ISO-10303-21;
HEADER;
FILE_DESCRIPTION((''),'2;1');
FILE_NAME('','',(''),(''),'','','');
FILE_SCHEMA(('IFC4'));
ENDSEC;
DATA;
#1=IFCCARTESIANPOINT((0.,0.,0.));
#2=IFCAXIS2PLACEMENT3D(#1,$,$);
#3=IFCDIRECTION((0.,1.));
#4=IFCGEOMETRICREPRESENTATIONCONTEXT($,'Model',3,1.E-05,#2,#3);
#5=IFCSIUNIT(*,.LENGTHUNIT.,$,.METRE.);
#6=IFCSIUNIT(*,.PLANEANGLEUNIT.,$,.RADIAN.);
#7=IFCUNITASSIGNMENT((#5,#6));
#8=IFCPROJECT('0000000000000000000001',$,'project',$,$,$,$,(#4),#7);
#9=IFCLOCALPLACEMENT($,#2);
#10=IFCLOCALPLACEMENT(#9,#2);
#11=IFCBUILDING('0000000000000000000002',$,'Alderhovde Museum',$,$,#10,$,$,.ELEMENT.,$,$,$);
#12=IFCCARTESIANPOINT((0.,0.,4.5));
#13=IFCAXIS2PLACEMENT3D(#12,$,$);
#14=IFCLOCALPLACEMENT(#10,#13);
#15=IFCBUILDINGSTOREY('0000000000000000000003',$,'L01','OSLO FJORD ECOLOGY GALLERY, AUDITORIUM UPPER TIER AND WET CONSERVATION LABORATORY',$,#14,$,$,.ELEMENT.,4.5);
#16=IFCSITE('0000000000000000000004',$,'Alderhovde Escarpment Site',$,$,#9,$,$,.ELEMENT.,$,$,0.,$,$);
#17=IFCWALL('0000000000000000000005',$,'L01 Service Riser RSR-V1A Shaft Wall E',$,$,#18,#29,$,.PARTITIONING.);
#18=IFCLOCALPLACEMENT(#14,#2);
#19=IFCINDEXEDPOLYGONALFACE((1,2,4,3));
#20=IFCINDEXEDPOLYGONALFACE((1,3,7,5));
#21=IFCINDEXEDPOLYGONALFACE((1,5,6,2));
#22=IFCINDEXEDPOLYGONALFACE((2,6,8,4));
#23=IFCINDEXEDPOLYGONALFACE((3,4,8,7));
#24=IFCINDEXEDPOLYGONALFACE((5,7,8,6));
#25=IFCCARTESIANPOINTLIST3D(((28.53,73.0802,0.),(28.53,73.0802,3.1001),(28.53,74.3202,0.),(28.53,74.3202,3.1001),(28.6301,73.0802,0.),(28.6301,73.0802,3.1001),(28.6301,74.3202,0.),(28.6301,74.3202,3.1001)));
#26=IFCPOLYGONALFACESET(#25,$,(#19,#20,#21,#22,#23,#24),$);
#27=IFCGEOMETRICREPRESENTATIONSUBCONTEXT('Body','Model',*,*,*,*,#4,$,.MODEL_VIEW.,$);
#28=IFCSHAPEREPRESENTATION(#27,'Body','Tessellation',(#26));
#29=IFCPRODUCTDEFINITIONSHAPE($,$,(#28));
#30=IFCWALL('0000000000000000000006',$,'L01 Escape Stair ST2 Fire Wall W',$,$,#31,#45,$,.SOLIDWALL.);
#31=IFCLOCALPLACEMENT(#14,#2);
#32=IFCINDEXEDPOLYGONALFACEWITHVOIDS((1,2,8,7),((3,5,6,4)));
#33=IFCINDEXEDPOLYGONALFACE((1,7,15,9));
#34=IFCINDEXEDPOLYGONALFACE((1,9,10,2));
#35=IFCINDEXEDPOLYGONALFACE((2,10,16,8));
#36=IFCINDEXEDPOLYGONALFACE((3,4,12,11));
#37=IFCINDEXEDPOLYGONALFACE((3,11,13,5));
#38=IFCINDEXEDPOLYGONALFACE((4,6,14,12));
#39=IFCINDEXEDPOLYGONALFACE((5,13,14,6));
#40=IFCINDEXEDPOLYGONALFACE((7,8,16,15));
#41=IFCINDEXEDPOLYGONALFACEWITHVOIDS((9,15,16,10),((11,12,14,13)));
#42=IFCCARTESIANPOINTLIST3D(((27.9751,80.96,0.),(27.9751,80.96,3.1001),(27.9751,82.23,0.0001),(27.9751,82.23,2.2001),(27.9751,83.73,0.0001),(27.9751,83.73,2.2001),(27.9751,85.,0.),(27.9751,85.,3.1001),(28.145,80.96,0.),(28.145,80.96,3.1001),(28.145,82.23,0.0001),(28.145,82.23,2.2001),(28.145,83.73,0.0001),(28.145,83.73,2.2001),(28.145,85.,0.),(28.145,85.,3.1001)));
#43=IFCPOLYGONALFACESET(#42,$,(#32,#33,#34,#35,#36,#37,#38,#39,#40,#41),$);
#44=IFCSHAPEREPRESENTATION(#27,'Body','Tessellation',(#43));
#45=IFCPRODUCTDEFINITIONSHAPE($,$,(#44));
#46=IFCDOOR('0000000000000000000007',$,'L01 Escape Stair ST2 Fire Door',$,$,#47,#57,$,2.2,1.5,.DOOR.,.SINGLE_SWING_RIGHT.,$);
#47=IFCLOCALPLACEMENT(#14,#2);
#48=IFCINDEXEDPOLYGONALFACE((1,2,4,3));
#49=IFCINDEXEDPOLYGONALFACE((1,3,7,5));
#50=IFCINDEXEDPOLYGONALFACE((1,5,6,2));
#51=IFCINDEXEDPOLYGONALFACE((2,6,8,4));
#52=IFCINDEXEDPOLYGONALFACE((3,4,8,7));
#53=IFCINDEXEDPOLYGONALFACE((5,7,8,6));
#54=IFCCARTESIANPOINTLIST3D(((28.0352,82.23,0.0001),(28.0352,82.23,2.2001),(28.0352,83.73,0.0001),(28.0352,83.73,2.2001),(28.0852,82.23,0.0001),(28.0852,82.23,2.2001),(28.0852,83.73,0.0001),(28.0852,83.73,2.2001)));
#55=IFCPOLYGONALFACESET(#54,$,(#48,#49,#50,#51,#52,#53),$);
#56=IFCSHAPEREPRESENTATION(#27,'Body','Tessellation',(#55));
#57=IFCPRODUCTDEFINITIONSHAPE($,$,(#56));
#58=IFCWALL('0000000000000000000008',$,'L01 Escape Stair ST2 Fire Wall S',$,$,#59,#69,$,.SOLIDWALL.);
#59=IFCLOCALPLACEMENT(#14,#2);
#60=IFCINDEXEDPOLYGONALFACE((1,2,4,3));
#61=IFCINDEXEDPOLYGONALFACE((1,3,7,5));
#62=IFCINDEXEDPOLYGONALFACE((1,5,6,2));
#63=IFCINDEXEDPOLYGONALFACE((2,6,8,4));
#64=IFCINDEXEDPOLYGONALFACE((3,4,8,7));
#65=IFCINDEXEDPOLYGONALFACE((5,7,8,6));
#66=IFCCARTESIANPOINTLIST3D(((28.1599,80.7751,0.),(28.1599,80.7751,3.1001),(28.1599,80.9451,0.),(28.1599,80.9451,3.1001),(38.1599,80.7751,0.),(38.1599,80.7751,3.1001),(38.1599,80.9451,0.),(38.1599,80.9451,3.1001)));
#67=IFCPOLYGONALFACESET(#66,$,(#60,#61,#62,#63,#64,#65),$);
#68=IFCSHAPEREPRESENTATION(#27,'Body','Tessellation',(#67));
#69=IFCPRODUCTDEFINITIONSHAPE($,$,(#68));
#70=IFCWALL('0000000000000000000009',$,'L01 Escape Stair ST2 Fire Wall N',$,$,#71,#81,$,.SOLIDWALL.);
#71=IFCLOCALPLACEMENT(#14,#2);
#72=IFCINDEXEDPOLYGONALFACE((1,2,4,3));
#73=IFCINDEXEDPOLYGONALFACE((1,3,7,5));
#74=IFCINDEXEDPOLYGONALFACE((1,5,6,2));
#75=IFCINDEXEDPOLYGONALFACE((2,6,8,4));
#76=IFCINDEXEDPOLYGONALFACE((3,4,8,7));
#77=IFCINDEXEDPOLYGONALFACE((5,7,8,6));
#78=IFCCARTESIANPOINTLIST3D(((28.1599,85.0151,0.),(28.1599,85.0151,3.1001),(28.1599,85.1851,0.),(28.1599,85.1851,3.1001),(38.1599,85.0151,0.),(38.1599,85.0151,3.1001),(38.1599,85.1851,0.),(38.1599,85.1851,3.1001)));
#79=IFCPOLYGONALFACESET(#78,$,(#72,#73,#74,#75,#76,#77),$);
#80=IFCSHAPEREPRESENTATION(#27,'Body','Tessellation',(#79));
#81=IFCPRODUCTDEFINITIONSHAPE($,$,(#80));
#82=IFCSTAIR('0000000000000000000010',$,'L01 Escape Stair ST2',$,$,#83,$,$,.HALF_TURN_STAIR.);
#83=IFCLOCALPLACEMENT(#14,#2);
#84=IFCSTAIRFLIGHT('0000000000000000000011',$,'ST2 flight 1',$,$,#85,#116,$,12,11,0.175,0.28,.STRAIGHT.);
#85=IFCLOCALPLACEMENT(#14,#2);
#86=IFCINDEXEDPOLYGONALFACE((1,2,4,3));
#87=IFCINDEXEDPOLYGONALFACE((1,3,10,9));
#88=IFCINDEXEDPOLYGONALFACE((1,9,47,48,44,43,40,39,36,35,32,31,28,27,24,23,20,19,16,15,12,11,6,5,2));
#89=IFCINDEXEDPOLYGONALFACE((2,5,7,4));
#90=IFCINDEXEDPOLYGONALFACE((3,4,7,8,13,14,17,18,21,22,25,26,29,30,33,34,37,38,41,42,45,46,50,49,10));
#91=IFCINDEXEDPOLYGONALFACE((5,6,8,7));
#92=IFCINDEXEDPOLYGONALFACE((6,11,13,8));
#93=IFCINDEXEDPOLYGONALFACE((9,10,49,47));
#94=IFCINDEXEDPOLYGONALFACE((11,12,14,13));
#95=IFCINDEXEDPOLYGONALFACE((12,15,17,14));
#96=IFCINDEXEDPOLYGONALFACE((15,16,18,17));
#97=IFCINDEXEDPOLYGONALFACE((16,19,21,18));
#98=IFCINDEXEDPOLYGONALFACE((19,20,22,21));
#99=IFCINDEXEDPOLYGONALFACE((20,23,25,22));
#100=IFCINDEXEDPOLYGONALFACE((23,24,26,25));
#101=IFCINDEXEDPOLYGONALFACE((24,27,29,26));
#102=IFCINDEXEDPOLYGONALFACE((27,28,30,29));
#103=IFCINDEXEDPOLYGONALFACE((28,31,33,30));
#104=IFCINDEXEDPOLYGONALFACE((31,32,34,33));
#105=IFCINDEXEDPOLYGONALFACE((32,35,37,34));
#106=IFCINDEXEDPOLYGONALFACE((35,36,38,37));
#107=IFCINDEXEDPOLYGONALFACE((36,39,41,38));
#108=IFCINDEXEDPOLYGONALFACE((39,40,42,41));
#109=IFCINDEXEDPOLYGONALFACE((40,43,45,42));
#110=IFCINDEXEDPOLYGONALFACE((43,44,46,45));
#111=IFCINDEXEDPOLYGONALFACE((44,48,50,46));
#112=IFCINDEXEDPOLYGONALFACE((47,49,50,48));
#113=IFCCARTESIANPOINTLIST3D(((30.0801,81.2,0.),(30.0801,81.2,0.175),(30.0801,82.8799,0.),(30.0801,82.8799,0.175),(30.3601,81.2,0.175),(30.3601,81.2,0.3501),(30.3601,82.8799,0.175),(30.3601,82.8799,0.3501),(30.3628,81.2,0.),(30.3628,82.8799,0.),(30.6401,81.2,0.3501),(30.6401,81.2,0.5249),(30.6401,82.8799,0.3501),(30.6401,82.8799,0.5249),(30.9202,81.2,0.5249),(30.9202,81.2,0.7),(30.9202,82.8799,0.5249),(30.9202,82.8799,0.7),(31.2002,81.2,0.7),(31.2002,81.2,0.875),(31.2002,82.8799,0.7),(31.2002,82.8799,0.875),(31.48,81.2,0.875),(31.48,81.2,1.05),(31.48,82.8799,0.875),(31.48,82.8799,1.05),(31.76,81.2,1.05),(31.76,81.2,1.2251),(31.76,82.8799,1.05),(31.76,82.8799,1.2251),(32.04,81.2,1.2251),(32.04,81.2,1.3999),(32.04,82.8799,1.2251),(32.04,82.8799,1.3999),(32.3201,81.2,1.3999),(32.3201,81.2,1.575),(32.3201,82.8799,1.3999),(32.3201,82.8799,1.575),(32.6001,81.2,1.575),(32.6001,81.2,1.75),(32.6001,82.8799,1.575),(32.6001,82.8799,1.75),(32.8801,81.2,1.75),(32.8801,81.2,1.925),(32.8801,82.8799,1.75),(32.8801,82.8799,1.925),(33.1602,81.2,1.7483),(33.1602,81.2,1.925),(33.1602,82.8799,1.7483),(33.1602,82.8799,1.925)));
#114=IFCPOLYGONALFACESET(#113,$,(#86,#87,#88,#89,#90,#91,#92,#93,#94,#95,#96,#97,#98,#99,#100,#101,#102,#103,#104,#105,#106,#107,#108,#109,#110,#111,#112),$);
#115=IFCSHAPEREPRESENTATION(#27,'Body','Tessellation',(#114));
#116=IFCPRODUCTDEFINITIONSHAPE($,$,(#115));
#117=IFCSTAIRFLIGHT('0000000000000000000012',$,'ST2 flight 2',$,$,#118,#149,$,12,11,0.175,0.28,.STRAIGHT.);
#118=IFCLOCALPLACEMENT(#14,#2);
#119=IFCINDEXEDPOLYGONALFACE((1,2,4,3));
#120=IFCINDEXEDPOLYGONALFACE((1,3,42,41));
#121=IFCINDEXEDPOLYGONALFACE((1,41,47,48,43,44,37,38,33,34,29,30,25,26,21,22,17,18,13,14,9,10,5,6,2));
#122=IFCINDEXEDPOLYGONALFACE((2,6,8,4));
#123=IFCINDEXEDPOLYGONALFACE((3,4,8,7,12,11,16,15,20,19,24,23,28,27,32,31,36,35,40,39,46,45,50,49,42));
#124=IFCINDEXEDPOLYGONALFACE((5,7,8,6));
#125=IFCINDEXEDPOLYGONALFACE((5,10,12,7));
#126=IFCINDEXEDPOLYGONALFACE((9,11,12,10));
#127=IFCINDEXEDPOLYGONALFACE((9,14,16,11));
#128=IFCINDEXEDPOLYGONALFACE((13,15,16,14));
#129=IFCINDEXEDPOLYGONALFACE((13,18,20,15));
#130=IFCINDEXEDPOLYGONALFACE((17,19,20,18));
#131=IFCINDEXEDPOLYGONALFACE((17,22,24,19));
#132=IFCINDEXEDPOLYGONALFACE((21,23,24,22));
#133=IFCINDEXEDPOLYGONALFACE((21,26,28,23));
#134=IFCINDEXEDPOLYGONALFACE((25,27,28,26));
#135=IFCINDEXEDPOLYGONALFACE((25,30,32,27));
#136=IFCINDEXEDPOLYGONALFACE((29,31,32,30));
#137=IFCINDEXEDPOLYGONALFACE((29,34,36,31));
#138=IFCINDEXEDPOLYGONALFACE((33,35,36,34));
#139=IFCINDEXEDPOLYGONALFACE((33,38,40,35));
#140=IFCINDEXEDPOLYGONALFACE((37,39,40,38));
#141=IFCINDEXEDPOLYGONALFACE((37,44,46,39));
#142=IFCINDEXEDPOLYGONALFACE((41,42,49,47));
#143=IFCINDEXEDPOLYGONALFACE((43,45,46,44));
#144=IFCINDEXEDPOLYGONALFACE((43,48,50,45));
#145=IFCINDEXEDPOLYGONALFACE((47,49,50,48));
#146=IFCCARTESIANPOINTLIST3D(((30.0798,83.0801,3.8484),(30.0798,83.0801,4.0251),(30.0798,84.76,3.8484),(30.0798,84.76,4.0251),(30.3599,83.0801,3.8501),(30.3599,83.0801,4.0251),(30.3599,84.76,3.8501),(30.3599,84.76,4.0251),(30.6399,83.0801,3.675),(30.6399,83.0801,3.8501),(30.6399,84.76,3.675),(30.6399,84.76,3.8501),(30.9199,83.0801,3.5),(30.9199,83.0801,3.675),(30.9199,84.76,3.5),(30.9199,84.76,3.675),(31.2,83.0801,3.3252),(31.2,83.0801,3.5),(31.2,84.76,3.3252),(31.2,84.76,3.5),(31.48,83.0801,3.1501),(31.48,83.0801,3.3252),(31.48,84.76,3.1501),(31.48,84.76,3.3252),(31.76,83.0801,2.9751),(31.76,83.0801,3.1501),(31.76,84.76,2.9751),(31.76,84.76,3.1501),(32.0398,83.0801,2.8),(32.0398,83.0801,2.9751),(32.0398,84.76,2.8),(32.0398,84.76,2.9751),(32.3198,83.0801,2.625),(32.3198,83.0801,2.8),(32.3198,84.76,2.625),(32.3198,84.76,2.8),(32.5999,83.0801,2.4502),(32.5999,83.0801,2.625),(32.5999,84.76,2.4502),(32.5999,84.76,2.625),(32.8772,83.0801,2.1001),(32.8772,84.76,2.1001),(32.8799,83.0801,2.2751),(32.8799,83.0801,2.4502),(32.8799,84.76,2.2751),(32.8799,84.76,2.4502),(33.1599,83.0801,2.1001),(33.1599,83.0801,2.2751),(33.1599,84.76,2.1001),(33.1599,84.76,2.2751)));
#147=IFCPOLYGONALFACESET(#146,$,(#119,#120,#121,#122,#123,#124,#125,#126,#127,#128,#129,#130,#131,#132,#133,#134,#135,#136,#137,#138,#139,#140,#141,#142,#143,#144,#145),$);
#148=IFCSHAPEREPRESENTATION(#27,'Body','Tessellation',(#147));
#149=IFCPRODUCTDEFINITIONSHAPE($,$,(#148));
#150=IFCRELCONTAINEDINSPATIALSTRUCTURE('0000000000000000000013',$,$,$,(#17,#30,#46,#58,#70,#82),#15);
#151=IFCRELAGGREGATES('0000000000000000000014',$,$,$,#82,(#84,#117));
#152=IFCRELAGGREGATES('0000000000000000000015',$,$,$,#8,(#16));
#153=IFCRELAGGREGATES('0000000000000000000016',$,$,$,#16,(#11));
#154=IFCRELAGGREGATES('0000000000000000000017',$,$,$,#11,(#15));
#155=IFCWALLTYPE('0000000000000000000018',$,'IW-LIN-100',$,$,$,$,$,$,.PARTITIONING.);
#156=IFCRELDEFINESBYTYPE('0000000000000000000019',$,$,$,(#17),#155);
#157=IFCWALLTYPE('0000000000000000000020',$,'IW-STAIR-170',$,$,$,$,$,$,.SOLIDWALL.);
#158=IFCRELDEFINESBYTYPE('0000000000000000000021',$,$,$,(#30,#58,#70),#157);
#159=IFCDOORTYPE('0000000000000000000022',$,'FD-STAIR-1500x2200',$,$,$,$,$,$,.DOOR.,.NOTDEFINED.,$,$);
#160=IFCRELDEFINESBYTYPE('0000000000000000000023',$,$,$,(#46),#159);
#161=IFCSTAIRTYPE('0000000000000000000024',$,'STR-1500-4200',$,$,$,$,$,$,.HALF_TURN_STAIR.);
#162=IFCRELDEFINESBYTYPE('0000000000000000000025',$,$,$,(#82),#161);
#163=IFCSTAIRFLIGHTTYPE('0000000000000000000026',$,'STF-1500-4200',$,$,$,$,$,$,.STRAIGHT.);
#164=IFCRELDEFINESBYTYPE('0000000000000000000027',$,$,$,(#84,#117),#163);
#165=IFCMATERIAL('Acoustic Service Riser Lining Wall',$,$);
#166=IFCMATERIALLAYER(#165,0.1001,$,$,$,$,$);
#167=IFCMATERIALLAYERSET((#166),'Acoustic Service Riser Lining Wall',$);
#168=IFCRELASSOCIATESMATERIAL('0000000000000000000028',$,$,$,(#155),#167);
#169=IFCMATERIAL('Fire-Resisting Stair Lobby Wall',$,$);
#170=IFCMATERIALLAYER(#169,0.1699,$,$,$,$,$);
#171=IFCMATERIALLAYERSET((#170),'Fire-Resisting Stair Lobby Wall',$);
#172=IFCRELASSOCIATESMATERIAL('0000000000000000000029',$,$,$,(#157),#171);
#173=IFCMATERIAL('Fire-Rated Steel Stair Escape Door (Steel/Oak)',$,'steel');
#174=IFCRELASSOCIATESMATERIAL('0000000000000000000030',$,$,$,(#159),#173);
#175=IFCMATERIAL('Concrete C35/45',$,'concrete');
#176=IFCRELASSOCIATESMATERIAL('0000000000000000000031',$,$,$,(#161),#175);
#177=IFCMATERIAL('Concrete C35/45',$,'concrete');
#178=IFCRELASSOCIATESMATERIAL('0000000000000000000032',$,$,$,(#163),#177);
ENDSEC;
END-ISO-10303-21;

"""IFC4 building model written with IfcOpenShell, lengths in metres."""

from ifc_helpers import new_model, si_unit, direction, frame, frame_2d, origin, place, context, subcontext, project, spatial, polyline, rectangle, outline, extrude, material, layer, layer_set, type_object, element, fill, aggregate, save


model = new_model("IFC4")

# Units and contexts
model_context = context("Model", 3, precision=1e-05, world=origin(), true_north=direction((0.0, 1.0)))
body_context = subcontext(model_context, "Body", "Model", "MODEL_VIEW")
ifc_project = project(units=[si_unit("LENGTHUNIT", "METRE"), si_unit("PLANEANGLEUNIT", "RADIAN")], contexts=[model_context])

# Site, building, storey
site_placement = place(None, origin())
site = spatial("IfcSite", under=ifc_project, at=site_placement, Name="Alderhovde Escarpment Site", CompositionType="ELEMENT", RefElevation=0.0)
building_placement = place(site_placement, origin())
building = spatial("IfcBuilding", under=site, at=building_placement, Name="Alderhovde Museum", CompositionType="ELEMENT")
storey_placement = place(building_placement, frame((0.0, 0.0, 4.5)))
storey = spatial("IfcBuildingStorey", under=building, at=storey_placement, Name="L01", Description="OSLO FJORD ECOLOGY GALLERY, AUDITORIUM UPPER TIER AND WET CONSERVATION LABORATORY", CompositionType="ELEMENT", Elevation=4.5)

# Wall
ifc_material_1 = material(Name="Acoustic Service Riser Lining Wall")
ifc_layer_1 = layer(ifc_material_1, 0.1001)
ifc_layer_set_1 = layer_set([ifc_layer_1], Name="Acoustic Service Riser Lining Wall")
wall_type_1 = type_object("IfcWallType", Name="IW-LIN-100", PredefinedType="PARTITIONING", material=ifc_layer_set_1)
wall_1_placement = place(storey_placement, frame((28.5801, 73.0801, 0.0), z_axis=(0.0, 0.0, 1.0), x_axis=(0.0, 1.0, 0.0)))
element("IfcWall", 1, at=wall_1_placement, inside=storey, type_object=wall_type_1, Name="L01 Service Riser RSR-V1A Shaft Wall E", PredefinedType="PARTITIONING", context=body_context, shape_type="SweptSolid", body=[
    extrude(rectangle(XDim=1.24, YDim=0.1001, at=frame_2d((0.6201, 0.0))), origin(), (0.0, 0.0, 1.0), 3.1001),
])

# Wall, opening, door
ifc_material_2 = material(Name="Fire-Resisting Stair Lobby Wall")
ifc_layer_2 = layer(ifc_material_2, 0.1699)
ifc_layer_set_2 = layer_set([ifc_layer_2], Name="Fire-Resisting Stair Lobby Wall")
wall_type_2 = type_object("IfcWallType", Name="IW-STAIR-170", PredefinedType="SOLIDWALL", material=ifc_layer_set_2)
wall_2_placement = place(storey_placement, frame((28.0601, 80.96, 0.0), z_axis=(0.0, 0.0, 1.0), x_axis=(0.0, 1.0, 0.0)))
wall_2 = element("IfcWall", 2, at=wall_2_placement, inside=storey, type_object=wall_type_2, Name="L01 Escape Stair ST2 Fire Wall W", PredefinedType="SOLIDWALL", context=body_context, shape_type="SweptSolid", body=[
    extrude(rectangle(XDim=4.04, YDim=0.1699, at=frame_2d((2.02, 0.0))), origin(), (0.0, 0.0, 1.0), 3.1001),
])
opening_placement = place(wall_2_placement, frame((1.27, 0.0, 0.0)))
opening = element("IfcOpeningElement", 3, at=opening_placement, cuts=wall_2, PredefinedType="OPENING", context=body_context, shape_type="SweptSolid", body=[
    extrude(rectangle(XDim=1.5, YDim=2.2, at=frame_2d((0.75, 1.1001))), frame((0.0, 0.095, 0.0), z_axis=(0.0, -1.0, 0.0), x_axis=(1.0, 0.0, 0.0)), (0.0, 0.0, 1.0), 0.1899),
])
ifc_material_3 = material(Name="Fire-Rated Steel Stair Escape Door (Steel/Oak)", Category="steel")
door_type = type_object("IfcDoorType", Name="FD-STAIR-1500x2200", OperationType="NOTDEFINED", PredefinedType="DOOR", material=ifc_material_3)
door_placement = place(opening_placement, origin())
door = element("IfcDoor", 4, at=door_placement, inside=storey, type_object=door_type, Name="L01 Escape Stair ST2 Fire Door", OperationType="SINGLE_SWING_RIGHT", OverallHeight=2.2, OverallWidth=1.5, PredefinedType="DOOR", context=body_context, shape_type="SweptSolid", body=[
    extrude(rectangle(XDim=1.5, YDim=2.2, at=frame_2d((0.75, 1.1001))), frame((0.0, 0.0249, 0.0), z_axis=(0.0, -1.0, 0.0), x_axis=(1.0, 0.0, 0.0)), (0.0, 0.0, 1.0), 0.05),
])
fill(opening, door)

# Walls
for number, where, z_axis, x_axis, name in (
    (5, (28.1599, 80.8601, 0.0), (0.0, 0.0, 1.0), (1.0, 0.0, 0.0), "L01 Escape Stair ST2 Fire Wall S"),
    (6, (28.1599, 85.1001, 0.0), (0.0, 0.0, 1.0), (1.0, 0.0, 0.0), "L01 Escape Stair ST2 Fire Wall N"),
):
    element("IfcWall", number, at=place(storey_placement, frame(where, z_axis=z_axis, x_axis=x_axis)), inside=storey, type_object=wall_type_2, Name=name, PredefinedType="SOLIDWALL", context=body_context, shape_type="SweptSolid", body=[
        extrude(rectangle(XDim=10.0, YDim=0.1699, at=frame_2d((5.0, 0.0))), origin(), (0.0, 0.0, 1.0), 3.1001),
    ])

# Stair, stair flights
ifc_material_4 = material(Name="Concrete C35/45", Category="concrete")
stair_type = type_object("IfcStairType", Name="STR-1500-4200", PredefinedType="HALF_TURN_STAIR", material=ifc_material_4)
stair_placement = place(storey_placement, origin())
stair = element("IfcStair", 7, at=stair_placement, inside=storey, type_object=stair_type, Name="L01 Escape Stair ST2", PredefinedType="HALF_TURN_STAIR")
ifc_material_5 = material(Name="Concrete C35/45", Category="concrete")
stair_flight_type = type_object("IfcStairFlightType", Name="STF-1500-4200", PredefinedType="STRAIGHT", material=ifc_material_5)
stair_flight_1_placement = place(storey_placement, frame((30.0801, 82.04, 0.0), z_axis=(0.0, 0.0, 1.0), x_axis=(1.0, 0.0, 0.0)))
stair_flight_1 = element("IfcStairFlight", 8, at=stair_flight_1_placement, type_object=stair_flight_type, Name="ST2 flight 1", NumberOfRisers=12, NumberOfTreads=11, PredefinedType="STRAIGHT", RiserHeight=0.175, TreadLength=0.28, context=body_context, shape_type="SweptSolid", body=[
    extrude(outline(polyline([(0.0, 0.0), (0.0, 0.175), (0.28, 0.175), (0.28, 0.3501), (0.5601, 0.3501), (0.5601, 0.5249), (0.8401, 0.5249), (0.8401, 0.7), (1.1201, 0.7), (1.1201, 0.875), (1.3999, 0.875), (1.3999, 1.05), (1.6799, 1.05), (1.6799, 1.2251), (1.96, 1.2251), (1.96, 1.3999), (2.24, 1.3999), (2.24, 1.575), (2.52, 1.575), (2.52, 1.75), (2.8, 1.75), (2.8, 1.925), (3.0801, 1.925), (3.0801, 2.1001), (3.0801, 1.7483), (0.2827, 0.0), (0.0, 0.0)])), frame((0.0, 0.8398, 0.0), z_axis=(0.0, -1.0, 0.0), x_axis=(1.0, 0.0, 0.0)), (0.0, 0.0, 1.0), 1.6799),
])
stair_flight_2_placement = place(storey_placement, frame((33.1599, 83.9199, 2.1001), z_axis=(0.0, 0.0, 1.0), x_axis=(-1.0, 0.0, 0.0)))
stair_flight_2 = element("IfcStairFlight", 9, at=stair_flight_2_placement, type_object=stair_flight_type, Name="ST2 flight 2", NumberOfRisers=12, NumberOfTreads=11, PredefinedType="STRAIGHT", RiserHeight=0.175, TreadLength=0.28, context=body_context, shape_type="SweptSolid", body=[
    extrude(outline(polyline([(0.0, 0.0), (0.0, 0.175), (0.28, 0.175), (0.28, 0.3501), (0.5601, 0.3501), (0.5601, 0.5249), (0.8401, 0.5249), (0.8401, 0.7), (1.1201, 0.7), (1.1201, 0.875), (1.3999, 0.875), (1.3999, 1.05), (1.6799, 1.05), (1.6799, 1.2251), (1.96, 1.2251), (1.96, 1.3999), (2.24, 1.3999), (2.24, 1.575), (2.52, 1.575), (2.52, 1.75), (2.8, 1.75), (2.8, 1.925), (3.0801, 1.925), (3.0801, 2.1001), (3.0801, 1.7483), (0.2827, 0.0), (0.0, 0.0)])), frame((0.0, 0.8398, 0.0), z_axis=(0.0, -1.0, 0.0), x_axis=(1.0, 0.0, 0.0)), (0.0, 0.0, 1.0), 1.6799),
])
aggregate(stair, [stair_flight_1, stair_flight_2])

save(model, "model.ifc")
